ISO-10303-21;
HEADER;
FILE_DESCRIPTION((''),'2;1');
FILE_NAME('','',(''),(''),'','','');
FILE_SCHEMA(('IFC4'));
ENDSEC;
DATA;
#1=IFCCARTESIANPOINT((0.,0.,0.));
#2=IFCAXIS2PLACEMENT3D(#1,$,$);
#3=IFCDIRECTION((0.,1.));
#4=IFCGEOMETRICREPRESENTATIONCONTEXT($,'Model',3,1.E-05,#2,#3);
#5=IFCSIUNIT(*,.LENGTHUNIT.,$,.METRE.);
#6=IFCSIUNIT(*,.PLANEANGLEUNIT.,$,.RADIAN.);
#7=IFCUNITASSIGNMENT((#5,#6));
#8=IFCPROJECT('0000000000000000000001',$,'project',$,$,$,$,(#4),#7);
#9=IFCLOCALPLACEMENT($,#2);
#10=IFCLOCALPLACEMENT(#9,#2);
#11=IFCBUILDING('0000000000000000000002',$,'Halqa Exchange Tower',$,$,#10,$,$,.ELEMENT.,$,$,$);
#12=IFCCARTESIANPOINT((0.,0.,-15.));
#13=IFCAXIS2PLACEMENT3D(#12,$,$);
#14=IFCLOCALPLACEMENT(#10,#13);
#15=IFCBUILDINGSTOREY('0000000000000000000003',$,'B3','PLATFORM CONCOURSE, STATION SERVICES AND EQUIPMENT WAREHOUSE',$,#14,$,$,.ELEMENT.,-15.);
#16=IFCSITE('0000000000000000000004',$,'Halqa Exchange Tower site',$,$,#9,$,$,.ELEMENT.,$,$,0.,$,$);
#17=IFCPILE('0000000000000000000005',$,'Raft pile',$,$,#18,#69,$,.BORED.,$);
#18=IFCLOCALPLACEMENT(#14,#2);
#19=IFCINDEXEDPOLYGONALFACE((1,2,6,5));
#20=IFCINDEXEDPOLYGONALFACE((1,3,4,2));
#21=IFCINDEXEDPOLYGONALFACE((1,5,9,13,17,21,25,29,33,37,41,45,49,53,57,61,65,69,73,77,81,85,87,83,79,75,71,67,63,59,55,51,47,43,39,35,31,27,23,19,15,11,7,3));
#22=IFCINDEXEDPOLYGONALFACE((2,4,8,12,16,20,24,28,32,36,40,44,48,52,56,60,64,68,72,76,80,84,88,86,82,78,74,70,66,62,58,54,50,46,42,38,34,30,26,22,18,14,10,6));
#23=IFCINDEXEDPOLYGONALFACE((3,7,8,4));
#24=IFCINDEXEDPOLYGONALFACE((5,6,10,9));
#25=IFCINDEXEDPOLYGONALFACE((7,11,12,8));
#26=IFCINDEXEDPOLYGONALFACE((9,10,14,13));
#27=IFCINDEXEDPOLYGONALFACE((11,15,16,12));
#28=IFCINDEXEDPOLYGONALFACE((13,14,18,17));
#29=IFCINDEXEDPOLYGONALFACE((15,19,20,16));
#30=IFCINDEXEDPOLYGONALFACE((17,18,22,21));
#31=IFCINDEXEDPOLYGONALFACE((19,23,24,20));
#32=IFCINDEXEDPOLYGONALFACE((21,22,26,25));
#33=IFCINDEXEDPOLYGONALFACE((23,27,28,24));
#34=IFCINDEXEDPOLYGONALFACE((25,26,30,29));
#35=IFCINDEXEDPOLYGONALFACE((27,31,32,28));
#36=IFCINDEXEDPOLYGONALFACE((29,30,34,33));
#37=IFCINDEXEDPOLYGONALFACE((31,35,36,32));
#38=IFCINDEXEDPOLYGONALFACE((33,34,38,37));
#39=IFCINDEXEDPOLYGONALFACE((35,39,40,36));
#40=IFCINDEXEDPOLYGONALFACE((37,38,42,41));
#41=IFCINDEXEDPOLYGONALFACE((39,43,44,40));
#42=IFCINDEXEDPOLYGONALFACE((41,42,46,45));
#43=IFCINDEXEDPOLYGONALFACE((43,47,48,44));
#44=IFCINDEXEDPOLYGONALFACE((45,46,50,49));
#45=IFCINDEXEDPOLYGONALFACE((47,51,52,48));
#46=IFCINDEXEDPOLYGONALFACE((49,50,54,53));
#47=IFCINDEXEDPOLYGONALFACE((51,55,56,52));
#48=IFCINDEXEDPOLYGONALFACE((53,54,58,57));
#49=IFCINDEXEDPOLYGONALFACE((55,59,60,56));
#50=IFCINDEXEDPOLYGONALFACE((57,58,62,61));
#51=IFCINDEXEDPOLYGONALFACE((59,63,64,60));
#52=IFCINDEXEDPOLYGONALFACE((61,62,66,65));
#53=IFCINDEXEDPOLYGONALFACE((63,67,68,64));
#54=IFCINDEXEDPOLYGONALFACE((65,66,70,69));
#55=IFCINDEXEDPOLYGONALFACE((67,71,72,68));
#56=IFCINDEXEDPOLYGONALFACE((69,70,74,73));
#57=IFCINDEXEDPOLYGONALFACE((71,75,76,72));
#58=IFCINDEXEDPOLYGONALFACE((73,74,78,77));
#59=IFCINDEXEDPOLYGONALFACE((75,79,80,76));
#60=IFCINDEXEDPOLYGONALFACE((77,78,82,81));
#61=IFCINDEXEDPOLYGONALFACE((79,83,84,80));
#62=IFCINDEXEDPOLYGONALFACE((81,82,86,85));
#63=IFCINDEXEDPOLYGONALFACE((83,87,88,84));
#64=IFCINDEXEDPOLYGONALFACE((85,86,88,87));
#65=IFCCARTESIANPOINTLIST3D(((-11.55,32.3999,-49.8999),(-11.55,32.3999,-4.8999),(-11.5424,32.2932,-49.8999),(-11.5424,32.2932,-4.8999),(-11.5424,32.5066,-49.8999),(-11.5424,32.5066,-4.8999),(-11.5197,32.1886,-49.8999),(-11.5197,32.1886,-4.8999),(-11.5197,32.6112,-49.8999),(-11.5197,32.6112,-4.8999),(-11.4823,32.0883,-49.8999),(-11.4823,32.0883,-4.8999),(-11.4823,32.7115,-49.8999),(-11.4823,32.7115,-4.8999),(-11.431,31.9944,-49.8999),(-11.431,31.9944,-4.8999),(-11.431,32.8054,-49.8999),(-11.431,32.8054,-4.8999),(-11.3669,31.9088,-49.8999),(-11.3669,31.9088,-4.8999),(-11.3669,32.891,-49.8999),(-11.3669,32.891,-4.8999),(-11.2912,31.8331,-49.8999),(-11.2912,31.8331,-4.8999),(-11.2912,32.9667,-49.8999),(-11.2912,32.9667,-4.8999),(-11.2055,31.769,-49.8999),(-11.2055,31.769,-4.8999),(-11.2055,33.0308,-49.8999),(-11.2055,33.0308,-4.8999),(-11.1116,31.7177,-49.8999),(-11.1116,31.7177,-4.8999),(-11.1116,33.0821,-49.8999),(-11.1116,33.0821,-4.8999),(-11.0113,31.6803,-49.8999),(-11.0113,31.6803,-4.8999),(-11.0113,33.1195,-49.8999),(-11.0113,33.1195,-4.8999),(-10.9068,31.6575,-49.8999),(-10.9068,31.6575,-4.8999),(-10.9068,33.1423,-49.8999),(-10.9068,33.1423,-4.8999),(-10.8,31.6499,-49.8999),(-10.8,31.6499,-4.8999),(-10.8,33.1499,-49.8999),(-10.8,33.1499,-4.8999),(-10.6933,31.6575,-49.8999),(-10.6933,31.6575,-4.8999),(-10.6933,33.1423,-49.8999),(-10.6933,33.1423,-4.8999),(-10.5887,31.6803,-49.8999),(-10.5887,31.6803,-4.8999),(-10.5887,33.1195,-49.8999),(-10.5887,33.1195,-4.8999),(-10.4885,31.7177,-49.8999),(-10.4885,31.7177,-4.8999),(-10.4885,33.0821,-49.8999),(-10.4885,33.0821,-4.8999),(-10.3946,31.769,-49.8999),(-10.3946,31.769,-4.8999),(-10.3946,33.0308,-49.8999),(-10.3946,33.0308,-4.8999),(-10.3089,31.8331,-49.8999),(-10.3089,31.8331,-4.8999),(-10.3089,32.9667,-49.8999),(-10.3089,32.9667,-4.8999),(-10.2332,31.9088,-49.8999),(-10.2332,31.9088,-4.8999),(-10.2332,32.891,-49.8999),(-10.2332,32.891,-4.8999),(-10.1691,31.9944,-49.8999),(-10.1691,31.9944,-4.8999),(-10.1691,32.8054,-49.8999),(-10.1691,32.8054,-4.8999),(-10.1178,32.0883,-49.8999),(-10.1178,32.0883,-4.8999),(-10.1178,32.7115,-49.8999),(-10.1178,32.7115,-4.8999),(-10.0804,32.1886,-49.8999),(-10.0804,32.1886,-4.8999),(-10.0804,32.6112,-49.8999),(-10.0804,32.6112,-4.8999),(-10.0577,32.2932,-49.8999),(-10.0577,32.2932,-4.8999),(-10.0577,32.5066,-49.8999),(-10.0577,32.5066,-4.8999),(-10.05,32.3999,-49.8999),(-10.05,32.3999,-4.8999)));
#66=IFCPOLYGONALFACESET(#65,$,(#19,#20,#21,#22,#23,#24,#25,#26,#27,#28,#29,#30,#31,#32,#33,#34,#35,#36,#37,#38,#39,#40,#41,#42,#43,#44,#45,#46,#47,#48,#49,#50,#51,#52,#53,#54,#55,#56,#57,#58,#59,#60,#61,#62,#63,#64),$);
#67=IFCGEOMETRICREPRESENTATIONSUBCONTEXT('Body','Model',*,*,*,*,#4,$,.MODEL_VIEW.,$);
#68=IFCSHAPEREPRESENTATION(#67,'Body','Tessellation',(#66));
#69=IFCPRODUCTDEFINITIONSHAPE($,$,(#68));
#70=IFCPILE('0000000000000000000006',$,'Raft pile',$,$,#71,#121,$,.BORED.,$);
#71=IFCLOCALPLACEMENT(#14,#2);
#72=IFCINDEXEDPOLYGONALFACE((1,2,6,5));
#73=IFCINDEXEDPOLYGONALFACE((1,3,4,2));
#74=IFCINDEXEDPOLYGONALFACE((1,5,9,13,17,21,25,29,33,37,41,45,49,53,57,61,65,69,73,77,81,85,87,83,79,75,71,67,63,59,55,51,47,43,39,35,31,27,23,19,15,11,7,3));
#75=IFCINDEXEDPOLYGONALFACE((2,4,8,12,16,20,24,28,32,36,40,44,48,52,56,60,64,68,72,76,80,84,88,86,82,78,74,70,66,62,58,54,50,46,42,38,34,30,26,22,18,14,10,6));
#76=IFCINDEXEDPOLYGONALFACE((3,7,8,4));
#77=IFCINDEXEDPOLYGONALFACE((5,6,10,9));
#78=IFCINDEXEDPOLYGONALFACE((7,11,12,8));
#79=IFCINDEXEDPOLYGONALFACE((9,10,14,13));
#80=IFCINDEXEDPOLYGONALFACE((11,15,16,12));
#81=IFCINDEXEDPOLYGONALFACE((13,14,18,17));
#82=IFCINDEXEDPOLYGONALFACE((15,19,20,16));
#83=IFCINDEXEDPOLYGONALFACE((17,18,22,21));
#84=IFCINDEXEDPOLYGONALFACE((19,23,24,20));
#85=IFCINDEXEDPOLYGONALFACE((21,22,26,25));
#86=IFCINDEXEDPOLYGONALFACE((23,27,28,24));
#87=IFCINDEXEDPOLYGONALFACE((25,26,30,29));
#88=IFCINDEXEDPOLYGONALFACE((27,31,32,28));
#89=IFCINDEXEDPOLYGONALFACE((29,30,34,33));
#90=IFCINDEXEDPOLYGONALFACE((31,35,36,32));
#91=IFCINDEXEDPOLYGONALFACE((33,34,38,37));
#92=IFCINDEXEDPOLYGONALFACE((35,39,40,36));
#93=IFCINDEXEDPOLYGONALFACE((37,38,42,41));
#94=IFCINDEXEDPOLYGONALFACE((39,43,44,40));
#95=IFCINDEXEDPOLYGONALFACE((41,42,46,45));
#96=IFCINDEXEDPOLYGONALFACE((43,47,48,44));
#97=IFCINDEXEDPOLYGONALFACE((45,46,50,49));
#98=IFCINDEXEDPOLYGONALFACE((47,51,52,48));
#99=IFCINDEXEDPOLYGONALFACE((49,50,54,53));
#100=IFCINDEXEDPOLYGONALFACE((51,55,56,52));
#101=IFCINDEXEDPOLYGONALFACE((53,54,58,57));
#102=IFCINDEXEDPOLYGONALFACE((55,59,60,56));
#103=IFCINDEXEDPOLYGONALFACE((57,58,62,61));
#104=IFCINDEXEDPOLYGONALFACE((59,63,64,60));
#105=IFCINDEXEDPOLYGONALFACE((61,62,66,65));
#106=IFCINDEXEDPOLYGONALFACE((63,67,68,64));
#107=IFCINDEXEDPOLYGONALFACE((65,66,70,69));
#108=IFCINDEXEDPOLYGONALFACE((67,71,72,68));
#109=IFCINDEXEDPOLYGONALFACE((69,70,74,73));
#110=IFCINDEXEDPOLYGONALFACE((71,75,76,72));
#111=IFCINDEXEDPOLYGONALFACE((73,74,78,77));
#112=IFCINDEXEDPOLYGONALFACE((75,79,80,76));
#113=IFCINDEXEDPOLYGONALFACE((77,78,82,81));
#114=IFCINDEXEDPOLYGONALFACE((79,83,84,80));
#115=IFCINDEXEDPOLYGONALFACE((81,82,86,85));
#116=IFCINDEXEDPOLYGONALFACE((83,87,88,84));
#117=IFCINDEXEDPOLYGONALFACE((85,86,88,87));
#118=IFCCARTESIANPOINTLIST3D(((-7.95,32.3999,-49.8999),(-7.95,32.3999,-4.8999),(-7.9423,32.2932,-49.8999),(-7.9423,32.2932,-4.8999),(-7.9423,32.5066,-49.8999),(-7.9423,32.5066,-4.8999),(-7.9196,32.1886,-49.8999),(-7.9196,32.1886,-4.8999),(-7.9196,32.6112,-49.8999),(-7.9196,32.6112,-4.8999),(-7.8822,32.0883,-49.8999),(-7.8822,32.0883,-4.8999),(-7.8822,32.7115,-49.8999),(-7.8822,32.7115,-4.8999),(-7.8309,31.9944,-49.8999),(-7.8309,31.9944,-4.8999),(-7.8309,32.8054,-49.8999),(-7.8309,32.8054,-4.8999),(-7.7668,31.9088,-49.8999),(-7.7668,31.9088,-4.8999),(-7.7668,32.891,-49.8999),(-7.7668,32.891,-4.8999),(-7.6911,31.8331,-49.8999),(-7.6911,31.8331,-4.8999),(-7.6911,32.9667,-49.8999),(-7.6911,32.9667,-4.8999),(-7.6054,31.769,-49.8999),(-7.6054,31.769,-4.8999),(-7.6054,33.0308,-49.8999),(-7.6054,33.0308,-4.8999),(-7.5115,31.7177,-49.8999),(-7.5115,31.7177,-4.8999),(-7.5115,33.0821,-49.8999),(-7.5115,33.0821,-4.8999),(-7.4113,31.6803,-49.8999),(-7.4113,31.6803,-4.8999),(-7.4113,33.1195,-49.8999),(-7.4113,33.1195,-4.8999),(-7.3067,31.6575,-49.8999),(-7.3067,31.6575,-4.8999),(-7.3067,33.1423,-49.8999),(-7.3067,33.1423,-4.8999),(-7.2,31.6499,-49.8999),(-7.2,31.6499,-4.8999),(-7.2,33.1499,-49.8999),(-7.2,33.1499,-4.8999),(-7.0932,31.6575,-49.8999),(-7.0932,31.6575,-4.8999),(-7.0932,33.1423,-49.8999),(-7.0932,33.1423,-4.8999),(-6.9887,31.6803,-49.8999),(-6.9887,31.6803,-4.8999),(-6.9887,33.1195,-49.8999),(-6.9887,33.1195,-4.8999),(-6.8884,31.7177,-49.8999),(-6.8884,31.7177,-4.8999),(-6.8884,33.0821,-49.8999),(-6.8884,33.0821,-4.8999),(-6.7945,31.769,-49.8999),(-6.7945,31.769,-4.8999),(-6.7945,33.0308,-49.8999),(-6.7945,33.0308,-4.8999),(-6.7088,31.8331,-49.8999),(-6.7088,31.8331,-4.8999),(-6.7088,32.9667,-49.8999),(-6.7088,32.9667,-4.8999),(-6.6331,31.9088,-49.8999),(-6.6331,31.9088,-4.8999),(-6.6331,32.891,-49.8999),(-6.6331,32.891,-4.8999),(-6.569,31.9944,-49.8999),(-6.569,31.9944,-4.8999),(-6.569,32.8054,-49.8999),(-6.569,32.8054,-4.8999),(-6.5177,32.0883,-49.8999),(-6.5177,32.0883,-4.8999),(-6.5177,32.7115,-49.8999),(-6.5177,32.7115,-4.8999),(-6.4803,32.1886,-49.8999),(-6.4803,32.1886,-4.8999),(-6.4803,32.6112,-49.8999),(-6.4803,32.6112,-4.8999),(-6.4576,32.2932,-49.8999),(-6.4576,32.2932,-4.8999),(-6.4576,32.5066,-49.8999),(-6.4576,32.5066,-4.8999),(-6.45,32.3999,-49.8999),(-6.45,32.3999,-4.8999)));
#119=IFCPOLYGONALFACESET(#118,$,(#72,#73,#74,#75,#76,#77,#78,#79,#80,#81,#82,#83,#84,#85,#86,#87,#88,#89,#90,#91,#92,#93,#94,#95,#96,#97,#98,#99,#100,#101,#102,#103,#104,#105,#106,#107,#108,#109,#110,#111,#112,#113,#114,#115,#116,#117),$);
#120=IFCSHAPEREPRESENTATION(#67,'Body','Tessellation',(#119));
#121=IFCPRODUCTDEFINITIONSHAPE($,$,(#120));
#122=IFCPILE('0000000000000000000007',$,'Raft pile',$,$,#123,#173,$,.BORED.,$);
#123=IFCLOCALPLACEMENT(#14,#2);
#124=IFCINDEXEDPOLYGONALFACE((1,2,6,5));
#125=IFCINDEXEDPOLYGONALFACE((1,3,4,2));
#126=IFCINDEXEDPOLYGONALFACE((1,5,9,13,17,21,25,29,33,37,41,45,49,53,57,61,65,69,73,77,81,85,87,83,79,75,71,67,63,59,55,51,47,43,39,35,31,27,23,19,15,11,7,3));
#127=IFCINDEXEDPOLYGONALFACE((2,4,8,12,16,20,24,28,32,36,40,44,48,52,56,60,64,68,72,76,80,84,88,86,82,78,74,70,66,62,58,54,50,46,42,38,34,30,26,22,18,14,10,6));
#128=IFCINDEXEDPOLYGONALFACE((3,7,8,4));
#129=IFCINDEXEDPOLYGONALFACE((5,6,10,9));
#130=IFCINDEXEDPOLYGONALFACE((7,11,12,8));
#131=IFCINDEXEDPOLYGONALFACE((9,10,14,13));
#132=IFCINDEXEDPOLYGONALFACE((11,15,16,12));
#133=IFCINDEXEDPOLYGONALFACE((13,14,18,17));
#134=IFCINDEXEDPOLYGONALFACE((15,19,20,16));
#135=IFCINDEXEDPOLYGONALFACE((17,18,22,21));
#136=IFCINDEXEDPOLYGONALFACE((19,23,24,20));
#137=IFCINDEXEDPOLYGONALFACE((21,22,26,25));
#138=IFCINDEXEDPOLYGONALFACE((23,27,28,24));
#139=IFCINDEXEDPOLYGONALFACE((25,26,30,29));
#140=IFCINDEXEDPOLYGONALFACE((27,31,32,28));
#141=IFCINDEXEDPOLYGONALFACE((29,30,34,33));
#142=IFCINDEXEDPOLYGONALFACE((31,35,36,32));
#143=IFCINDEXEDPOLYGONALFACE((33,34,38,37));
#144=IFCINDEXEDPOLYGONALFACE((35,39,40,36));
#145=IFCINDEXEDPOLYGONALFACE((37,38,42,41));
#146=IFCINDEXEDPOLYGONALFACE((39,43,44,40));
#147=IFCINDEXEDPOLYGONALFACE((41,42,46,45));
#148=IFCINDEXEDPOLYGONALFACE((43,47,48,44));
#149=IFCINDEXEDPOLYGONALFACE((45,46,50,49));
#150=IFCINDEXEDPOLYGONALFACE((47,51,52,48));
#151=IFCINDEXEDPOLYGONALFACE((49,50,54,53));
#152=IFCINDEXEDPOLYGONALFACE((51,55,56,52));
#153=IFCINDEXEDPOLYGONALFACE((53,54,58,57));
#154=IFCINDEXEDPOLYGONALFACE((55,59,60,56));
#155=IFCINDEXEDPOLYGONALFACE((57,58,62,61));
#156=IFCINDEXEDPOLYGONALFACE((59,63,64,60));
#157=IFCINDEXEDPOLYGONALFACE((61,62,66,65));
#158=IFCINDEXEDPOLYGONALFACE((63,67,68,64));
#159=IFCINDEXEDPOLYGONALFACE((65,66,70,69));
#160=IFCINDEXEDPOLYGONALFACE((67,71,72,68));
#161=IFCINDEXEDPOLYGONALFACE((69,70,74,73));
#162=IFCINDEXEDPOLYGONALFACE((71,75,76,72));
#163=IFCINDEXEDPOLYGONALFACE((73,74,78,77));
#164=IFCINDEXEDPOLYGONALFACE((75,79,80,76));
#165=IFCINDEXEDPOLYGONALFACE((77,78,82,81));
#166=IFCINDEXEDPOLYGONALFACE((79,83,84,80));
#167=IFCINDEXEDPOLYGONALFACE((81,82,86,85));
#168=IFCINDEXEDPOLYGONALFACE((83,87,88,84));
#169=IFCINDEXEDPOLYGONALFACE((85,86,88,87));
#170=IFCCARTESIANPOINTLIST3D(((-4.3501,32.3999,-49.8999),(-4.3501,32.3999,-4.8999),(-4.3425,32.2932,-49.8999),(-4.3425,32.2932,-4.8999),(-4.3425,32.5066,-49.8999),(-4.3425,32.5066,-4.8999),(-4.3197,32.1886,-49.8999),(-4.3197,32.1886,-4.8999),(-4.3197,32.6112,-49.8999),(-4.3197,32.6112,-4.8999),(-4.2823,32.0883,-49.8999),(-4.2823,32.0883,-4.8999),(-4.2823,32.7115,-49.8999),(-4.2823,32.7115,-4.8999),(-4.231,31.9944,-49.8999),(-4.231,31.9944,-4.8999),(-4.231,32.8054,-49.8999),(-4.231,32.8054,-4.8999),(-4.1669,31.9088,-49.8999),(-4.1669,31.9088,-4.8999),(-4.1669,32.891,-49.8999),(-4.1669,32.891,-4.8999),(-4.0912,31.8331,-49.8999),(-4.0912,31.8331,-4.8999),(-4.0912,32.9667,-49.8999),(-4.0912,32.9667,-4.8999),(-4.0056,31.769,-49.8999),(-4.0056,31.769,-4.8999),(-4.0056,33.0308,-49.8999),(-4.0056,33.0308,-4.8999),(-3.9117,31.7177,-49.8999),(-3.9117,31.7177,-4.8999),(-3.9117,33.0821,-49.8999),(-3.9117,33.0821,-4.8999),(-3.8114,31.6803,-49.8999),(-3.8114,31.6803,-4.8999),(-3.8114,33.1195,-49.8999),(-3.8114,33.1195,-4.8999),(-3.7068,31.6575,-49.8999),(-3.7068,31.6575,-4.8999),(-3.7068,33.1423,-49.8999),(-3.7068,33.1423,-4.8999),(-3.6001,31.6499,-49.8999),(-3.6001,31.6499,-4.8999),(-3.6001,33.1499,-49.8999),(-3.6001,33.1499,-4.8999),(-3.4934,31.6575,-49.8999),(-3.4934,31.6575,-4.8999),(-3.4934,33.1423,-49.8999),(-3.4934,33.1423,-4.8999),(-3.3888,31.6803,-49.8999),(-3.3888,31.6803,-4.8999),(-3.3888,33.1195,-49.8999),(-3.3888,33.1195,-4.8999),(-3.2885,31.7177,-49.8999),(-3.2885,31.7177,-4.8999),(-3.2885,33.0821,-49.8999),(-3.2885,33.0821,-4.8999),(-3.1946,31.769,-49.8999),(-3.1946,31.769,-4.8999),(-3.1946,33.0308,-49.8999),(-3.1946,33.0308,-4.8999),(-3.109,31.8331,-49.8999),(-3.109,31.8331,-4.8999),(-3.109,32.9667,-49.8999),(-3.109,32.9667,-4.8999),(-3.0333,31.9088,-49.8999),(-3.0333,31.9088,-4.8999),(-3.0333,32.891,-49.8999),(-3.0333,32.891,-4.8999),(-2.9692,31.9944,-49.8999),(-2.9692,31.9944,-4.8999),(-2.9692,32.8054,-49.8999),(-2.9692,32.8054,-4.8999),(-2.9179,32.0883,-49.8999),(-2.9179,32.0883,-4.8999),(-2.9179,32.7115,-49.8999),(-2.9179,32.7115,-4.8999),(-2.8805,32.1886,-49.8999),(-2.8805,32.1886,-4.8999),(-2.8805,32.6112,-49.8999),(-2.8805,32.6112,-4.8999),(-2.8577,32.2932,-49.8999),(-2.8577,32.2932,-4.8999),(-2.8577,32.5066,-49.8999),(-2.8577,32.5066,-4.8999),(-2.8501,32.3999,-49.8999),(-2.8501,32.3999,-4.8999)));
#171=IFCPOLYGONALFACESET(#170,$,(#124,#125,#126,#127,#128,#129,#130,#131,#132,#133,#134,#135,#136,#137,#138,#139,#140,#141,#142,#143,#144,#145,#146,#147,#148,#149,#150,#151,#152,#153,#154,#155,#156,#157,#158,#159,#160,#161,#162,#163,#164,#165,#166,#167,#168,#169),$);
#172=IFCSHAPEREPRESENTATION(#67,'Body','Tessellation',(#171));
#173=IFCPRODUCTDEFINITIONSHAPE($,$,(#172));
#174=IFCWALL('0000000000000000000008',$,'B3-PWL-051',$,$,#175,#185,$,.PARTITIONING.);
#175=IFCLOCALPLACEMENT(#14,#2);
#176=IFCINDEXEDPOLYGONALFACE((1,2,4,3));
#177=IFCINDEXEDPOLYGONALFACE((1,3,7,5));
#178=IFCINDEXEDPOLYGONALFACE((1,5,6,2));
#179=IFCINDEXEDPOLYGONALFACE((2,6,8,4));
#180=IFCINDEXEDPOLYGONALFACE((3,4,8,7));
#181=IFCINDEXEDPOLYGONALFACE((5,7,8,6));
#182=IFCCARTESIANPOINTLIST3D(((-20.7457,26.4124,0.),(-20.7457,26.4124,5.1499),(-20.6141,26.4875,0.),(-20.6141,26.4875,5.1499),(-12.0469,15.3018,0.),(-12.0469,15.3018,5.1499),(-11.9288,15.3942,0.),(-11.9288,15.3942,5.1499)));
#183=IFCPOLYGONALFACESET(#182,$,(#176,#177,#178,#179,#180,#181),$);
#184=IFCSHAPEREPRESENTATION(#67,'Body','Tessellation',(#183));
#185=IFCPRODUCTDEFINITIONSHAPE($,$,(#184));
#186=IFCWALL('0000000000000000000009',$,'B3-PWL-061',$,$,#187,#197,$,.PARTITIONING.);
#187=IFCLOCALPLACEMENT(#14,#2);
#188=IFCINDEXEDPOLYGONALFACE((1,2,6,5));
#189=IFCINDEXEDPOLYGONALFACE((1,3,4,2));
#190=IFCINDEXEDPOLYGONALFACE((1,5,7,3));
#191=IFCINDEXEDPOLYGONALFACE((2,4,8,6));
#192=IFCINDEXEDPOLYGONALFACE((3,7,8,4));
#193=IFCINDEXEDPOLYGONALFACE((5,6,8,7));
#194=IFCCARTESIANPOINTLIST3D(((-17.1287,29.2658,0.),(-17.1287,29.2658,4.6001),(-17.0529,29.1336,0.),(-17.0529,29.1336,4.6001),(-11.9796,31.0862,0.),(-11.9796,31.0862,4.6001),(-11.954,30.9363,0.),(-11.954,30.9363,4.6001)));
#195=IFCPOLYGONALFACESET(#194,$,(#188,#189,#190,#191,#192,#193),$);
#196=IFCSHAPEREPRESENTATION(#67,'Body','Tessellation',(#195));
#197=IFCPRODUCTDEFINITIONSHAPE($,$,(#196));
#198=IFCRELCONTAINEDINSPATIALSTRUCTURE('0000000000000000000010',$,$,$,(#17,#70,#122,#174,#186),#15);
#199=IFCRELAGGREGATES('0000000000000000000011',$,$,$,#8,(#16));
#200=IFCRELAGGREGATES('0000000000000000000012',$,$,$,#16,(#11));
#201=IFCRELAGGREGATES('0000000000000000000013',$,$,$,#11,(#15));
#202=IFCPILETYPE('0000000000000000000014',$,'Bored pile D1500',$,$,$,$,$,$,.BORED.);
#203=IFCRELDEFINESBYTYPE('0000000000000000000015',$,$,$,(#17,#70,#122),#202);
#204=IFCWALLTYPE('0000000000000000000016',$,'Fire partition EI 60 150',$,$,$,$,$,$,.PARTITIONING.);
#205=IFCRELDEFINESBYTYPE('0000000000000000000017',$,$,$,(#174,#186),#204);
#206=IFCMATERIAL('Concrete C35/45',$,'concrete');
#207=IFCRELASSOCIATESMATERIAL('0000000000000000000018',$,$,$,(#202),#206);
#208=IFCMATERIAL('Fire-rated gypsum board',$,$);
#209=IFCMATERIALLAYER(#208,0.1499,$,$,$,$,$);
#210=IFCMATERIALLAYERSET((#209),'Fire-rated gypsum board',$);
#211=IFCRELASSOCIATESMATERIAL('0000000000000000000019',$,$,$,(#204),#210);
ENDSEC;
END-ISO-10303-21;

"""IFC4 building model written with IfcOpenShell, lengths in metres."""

from ifc_helpers import new_model, si_unit, direction, frame, origin, origin_2d, place, context, subcontext, project, spatial, polyline, circle, outline, extrude, material, layer, layer_set, material_profile, profile_set, type_object, element, save


model = new_model("IFC4")

# Units and contexts
model_context = context("Model", 3, precision=1e-05, world=origin(), true_north=direction((0.0, 1.0)))
body_context = subcontext(model_context, "Body", "Model", "MODEL_VIEW")
ifc_project = project(units=[si_unit("LENGTHUNIT", "METRE"), si_unit("PLANEANGLEUNIT", "RADIAN")], contexts=[model_context])

# Site, building, storey
site_placement = place(None, origin())
site = spatial("IfcSite", under=ifc_project, at=site_placement, Name="Halqa Exchange Tower site", CompositionType="ELEMENT", RefElevation=0.0)
building_placement = place(site_placement, origin())
building = spatial("IfcBuilding", under=site, at=building_placement, Name="Halqa Exchange Tower", CompositionType="ELEMENT")
storey_placement = place(building_placement, frame((0.0, 0.0, -15.0)))
storey = spatial("IfcBuildingStorey", under=building, at=storey_placement, Name="B3", Description="PLATFORM CONCOURSE, STATION SERVICES AND EQUIPMENT WAREHOUSE", CompositionType="ELEMENT", Elevation=-15.0)

# Piles
ifc_material_1 = material(Name="Concrete C35/45", Category="concrete")
ifc_material_profile_1 = material_profile(ifc_material_1, circle(Radius=0.75, at=origin_2d()), Name="D1500")
ifc_profile_set_1 = profile_set([ifc_material_profile_1], Name="Concrete C35/45")
pile_type_1 = type_object("IfcPileType", Name="Bored pile D1500", PredefinedType="BORED", material=ifc_profile_set_1)
for number, where, z_axis, x_axis, name in (
    (1, (-10.8, 32.3999, -4.8999), (0.0, 0.0, -1.0), (1.0, 0.0, 0.0), "Raft pile"),
    (2, (-7.2, 32.3999, -4.8999), (0.0, 0.0, -1.0), (1.0, 0.0, 0.0), "Raft pile"),
    (3, (-3.6001, 32.3999, -4.8999), (0.0, 0.0, -1.0), (1.0, 0.0, 0.0), "Raft pile"),
):
    element("IfcPile", number, at=place(storey_placement, frame(where, z_axis=z_axis, x_axis=x_axis)), inside=storey, type_object=pile_type_1, Name=name, PredefinedType="BORED", context=body_context, shape_type="SweptSolid", body=[
        extrude(circle(Radius=0.75, at=origin_2d()), origin(), (0.0, 0.0, 1.0), 45.0),
    ])

# Walls
ifc_material_2 = material(Name="Fire-rated gypsum board")
ifc_layer_1 = layer(ifc_material_2, 0.1499)
ifc_layer_set_1 = layer_set([ifc_layer_1], Name="Fire-rated gypsum board")
wall_type_1 = type_object("IfcWallType", Name="Fire partition EI 60 150", PredefinedType="PARTITIONING", material=ifc_layer_set_1)
wall_1_placement = place(storey_placement, frame((-20.6799, 26.45, 0.0), z_axis=(0.0, 0.0, 1.0), x_axis=(0.616466, -0.787382, 0.0)))
element("IfcWall", 4, at=wall_1_placement, inside=storey, type_object=wall_type_1, Name="B3-PWL-051", PredefinedType="PARTITIONING", context=body_context, shape_type="SweptSolid", body=[
    extrude(outline(polyline([(-0.011, -0.075), (14.0999, -0.075), (14.0999, 0.075), (0.011, 0.075), (-0.011, -0.075)])), origin(), (0.0, 0.0, 1.0), 5.1499),
])
wall_2_placement = place(storey_placement, frame((-11.9668, 31.0112, 0.0), z_axis=(0.0, 0.0, 1.0), x_axis=(-0.942814, -0.333318, 0.0)))
element("IfcWall", 5, at=wall_2_placement, inside=storey, type_object=wall_type_1, Name="B3-PWL-061", PredefinedType="PARTITIONING", context=body_context, shape_type="SweptSolid", body=[
    extrude(outline(polyline([(-0.0129, -0.075), (5.4485, -0.075), (5.4211, 0.075), (0.0129, 0.075), (-0.0129, -0.075)])), origin(), (0.0, 0.0, 1.0), 4.6001),
])

save(model, "model.ifc")
